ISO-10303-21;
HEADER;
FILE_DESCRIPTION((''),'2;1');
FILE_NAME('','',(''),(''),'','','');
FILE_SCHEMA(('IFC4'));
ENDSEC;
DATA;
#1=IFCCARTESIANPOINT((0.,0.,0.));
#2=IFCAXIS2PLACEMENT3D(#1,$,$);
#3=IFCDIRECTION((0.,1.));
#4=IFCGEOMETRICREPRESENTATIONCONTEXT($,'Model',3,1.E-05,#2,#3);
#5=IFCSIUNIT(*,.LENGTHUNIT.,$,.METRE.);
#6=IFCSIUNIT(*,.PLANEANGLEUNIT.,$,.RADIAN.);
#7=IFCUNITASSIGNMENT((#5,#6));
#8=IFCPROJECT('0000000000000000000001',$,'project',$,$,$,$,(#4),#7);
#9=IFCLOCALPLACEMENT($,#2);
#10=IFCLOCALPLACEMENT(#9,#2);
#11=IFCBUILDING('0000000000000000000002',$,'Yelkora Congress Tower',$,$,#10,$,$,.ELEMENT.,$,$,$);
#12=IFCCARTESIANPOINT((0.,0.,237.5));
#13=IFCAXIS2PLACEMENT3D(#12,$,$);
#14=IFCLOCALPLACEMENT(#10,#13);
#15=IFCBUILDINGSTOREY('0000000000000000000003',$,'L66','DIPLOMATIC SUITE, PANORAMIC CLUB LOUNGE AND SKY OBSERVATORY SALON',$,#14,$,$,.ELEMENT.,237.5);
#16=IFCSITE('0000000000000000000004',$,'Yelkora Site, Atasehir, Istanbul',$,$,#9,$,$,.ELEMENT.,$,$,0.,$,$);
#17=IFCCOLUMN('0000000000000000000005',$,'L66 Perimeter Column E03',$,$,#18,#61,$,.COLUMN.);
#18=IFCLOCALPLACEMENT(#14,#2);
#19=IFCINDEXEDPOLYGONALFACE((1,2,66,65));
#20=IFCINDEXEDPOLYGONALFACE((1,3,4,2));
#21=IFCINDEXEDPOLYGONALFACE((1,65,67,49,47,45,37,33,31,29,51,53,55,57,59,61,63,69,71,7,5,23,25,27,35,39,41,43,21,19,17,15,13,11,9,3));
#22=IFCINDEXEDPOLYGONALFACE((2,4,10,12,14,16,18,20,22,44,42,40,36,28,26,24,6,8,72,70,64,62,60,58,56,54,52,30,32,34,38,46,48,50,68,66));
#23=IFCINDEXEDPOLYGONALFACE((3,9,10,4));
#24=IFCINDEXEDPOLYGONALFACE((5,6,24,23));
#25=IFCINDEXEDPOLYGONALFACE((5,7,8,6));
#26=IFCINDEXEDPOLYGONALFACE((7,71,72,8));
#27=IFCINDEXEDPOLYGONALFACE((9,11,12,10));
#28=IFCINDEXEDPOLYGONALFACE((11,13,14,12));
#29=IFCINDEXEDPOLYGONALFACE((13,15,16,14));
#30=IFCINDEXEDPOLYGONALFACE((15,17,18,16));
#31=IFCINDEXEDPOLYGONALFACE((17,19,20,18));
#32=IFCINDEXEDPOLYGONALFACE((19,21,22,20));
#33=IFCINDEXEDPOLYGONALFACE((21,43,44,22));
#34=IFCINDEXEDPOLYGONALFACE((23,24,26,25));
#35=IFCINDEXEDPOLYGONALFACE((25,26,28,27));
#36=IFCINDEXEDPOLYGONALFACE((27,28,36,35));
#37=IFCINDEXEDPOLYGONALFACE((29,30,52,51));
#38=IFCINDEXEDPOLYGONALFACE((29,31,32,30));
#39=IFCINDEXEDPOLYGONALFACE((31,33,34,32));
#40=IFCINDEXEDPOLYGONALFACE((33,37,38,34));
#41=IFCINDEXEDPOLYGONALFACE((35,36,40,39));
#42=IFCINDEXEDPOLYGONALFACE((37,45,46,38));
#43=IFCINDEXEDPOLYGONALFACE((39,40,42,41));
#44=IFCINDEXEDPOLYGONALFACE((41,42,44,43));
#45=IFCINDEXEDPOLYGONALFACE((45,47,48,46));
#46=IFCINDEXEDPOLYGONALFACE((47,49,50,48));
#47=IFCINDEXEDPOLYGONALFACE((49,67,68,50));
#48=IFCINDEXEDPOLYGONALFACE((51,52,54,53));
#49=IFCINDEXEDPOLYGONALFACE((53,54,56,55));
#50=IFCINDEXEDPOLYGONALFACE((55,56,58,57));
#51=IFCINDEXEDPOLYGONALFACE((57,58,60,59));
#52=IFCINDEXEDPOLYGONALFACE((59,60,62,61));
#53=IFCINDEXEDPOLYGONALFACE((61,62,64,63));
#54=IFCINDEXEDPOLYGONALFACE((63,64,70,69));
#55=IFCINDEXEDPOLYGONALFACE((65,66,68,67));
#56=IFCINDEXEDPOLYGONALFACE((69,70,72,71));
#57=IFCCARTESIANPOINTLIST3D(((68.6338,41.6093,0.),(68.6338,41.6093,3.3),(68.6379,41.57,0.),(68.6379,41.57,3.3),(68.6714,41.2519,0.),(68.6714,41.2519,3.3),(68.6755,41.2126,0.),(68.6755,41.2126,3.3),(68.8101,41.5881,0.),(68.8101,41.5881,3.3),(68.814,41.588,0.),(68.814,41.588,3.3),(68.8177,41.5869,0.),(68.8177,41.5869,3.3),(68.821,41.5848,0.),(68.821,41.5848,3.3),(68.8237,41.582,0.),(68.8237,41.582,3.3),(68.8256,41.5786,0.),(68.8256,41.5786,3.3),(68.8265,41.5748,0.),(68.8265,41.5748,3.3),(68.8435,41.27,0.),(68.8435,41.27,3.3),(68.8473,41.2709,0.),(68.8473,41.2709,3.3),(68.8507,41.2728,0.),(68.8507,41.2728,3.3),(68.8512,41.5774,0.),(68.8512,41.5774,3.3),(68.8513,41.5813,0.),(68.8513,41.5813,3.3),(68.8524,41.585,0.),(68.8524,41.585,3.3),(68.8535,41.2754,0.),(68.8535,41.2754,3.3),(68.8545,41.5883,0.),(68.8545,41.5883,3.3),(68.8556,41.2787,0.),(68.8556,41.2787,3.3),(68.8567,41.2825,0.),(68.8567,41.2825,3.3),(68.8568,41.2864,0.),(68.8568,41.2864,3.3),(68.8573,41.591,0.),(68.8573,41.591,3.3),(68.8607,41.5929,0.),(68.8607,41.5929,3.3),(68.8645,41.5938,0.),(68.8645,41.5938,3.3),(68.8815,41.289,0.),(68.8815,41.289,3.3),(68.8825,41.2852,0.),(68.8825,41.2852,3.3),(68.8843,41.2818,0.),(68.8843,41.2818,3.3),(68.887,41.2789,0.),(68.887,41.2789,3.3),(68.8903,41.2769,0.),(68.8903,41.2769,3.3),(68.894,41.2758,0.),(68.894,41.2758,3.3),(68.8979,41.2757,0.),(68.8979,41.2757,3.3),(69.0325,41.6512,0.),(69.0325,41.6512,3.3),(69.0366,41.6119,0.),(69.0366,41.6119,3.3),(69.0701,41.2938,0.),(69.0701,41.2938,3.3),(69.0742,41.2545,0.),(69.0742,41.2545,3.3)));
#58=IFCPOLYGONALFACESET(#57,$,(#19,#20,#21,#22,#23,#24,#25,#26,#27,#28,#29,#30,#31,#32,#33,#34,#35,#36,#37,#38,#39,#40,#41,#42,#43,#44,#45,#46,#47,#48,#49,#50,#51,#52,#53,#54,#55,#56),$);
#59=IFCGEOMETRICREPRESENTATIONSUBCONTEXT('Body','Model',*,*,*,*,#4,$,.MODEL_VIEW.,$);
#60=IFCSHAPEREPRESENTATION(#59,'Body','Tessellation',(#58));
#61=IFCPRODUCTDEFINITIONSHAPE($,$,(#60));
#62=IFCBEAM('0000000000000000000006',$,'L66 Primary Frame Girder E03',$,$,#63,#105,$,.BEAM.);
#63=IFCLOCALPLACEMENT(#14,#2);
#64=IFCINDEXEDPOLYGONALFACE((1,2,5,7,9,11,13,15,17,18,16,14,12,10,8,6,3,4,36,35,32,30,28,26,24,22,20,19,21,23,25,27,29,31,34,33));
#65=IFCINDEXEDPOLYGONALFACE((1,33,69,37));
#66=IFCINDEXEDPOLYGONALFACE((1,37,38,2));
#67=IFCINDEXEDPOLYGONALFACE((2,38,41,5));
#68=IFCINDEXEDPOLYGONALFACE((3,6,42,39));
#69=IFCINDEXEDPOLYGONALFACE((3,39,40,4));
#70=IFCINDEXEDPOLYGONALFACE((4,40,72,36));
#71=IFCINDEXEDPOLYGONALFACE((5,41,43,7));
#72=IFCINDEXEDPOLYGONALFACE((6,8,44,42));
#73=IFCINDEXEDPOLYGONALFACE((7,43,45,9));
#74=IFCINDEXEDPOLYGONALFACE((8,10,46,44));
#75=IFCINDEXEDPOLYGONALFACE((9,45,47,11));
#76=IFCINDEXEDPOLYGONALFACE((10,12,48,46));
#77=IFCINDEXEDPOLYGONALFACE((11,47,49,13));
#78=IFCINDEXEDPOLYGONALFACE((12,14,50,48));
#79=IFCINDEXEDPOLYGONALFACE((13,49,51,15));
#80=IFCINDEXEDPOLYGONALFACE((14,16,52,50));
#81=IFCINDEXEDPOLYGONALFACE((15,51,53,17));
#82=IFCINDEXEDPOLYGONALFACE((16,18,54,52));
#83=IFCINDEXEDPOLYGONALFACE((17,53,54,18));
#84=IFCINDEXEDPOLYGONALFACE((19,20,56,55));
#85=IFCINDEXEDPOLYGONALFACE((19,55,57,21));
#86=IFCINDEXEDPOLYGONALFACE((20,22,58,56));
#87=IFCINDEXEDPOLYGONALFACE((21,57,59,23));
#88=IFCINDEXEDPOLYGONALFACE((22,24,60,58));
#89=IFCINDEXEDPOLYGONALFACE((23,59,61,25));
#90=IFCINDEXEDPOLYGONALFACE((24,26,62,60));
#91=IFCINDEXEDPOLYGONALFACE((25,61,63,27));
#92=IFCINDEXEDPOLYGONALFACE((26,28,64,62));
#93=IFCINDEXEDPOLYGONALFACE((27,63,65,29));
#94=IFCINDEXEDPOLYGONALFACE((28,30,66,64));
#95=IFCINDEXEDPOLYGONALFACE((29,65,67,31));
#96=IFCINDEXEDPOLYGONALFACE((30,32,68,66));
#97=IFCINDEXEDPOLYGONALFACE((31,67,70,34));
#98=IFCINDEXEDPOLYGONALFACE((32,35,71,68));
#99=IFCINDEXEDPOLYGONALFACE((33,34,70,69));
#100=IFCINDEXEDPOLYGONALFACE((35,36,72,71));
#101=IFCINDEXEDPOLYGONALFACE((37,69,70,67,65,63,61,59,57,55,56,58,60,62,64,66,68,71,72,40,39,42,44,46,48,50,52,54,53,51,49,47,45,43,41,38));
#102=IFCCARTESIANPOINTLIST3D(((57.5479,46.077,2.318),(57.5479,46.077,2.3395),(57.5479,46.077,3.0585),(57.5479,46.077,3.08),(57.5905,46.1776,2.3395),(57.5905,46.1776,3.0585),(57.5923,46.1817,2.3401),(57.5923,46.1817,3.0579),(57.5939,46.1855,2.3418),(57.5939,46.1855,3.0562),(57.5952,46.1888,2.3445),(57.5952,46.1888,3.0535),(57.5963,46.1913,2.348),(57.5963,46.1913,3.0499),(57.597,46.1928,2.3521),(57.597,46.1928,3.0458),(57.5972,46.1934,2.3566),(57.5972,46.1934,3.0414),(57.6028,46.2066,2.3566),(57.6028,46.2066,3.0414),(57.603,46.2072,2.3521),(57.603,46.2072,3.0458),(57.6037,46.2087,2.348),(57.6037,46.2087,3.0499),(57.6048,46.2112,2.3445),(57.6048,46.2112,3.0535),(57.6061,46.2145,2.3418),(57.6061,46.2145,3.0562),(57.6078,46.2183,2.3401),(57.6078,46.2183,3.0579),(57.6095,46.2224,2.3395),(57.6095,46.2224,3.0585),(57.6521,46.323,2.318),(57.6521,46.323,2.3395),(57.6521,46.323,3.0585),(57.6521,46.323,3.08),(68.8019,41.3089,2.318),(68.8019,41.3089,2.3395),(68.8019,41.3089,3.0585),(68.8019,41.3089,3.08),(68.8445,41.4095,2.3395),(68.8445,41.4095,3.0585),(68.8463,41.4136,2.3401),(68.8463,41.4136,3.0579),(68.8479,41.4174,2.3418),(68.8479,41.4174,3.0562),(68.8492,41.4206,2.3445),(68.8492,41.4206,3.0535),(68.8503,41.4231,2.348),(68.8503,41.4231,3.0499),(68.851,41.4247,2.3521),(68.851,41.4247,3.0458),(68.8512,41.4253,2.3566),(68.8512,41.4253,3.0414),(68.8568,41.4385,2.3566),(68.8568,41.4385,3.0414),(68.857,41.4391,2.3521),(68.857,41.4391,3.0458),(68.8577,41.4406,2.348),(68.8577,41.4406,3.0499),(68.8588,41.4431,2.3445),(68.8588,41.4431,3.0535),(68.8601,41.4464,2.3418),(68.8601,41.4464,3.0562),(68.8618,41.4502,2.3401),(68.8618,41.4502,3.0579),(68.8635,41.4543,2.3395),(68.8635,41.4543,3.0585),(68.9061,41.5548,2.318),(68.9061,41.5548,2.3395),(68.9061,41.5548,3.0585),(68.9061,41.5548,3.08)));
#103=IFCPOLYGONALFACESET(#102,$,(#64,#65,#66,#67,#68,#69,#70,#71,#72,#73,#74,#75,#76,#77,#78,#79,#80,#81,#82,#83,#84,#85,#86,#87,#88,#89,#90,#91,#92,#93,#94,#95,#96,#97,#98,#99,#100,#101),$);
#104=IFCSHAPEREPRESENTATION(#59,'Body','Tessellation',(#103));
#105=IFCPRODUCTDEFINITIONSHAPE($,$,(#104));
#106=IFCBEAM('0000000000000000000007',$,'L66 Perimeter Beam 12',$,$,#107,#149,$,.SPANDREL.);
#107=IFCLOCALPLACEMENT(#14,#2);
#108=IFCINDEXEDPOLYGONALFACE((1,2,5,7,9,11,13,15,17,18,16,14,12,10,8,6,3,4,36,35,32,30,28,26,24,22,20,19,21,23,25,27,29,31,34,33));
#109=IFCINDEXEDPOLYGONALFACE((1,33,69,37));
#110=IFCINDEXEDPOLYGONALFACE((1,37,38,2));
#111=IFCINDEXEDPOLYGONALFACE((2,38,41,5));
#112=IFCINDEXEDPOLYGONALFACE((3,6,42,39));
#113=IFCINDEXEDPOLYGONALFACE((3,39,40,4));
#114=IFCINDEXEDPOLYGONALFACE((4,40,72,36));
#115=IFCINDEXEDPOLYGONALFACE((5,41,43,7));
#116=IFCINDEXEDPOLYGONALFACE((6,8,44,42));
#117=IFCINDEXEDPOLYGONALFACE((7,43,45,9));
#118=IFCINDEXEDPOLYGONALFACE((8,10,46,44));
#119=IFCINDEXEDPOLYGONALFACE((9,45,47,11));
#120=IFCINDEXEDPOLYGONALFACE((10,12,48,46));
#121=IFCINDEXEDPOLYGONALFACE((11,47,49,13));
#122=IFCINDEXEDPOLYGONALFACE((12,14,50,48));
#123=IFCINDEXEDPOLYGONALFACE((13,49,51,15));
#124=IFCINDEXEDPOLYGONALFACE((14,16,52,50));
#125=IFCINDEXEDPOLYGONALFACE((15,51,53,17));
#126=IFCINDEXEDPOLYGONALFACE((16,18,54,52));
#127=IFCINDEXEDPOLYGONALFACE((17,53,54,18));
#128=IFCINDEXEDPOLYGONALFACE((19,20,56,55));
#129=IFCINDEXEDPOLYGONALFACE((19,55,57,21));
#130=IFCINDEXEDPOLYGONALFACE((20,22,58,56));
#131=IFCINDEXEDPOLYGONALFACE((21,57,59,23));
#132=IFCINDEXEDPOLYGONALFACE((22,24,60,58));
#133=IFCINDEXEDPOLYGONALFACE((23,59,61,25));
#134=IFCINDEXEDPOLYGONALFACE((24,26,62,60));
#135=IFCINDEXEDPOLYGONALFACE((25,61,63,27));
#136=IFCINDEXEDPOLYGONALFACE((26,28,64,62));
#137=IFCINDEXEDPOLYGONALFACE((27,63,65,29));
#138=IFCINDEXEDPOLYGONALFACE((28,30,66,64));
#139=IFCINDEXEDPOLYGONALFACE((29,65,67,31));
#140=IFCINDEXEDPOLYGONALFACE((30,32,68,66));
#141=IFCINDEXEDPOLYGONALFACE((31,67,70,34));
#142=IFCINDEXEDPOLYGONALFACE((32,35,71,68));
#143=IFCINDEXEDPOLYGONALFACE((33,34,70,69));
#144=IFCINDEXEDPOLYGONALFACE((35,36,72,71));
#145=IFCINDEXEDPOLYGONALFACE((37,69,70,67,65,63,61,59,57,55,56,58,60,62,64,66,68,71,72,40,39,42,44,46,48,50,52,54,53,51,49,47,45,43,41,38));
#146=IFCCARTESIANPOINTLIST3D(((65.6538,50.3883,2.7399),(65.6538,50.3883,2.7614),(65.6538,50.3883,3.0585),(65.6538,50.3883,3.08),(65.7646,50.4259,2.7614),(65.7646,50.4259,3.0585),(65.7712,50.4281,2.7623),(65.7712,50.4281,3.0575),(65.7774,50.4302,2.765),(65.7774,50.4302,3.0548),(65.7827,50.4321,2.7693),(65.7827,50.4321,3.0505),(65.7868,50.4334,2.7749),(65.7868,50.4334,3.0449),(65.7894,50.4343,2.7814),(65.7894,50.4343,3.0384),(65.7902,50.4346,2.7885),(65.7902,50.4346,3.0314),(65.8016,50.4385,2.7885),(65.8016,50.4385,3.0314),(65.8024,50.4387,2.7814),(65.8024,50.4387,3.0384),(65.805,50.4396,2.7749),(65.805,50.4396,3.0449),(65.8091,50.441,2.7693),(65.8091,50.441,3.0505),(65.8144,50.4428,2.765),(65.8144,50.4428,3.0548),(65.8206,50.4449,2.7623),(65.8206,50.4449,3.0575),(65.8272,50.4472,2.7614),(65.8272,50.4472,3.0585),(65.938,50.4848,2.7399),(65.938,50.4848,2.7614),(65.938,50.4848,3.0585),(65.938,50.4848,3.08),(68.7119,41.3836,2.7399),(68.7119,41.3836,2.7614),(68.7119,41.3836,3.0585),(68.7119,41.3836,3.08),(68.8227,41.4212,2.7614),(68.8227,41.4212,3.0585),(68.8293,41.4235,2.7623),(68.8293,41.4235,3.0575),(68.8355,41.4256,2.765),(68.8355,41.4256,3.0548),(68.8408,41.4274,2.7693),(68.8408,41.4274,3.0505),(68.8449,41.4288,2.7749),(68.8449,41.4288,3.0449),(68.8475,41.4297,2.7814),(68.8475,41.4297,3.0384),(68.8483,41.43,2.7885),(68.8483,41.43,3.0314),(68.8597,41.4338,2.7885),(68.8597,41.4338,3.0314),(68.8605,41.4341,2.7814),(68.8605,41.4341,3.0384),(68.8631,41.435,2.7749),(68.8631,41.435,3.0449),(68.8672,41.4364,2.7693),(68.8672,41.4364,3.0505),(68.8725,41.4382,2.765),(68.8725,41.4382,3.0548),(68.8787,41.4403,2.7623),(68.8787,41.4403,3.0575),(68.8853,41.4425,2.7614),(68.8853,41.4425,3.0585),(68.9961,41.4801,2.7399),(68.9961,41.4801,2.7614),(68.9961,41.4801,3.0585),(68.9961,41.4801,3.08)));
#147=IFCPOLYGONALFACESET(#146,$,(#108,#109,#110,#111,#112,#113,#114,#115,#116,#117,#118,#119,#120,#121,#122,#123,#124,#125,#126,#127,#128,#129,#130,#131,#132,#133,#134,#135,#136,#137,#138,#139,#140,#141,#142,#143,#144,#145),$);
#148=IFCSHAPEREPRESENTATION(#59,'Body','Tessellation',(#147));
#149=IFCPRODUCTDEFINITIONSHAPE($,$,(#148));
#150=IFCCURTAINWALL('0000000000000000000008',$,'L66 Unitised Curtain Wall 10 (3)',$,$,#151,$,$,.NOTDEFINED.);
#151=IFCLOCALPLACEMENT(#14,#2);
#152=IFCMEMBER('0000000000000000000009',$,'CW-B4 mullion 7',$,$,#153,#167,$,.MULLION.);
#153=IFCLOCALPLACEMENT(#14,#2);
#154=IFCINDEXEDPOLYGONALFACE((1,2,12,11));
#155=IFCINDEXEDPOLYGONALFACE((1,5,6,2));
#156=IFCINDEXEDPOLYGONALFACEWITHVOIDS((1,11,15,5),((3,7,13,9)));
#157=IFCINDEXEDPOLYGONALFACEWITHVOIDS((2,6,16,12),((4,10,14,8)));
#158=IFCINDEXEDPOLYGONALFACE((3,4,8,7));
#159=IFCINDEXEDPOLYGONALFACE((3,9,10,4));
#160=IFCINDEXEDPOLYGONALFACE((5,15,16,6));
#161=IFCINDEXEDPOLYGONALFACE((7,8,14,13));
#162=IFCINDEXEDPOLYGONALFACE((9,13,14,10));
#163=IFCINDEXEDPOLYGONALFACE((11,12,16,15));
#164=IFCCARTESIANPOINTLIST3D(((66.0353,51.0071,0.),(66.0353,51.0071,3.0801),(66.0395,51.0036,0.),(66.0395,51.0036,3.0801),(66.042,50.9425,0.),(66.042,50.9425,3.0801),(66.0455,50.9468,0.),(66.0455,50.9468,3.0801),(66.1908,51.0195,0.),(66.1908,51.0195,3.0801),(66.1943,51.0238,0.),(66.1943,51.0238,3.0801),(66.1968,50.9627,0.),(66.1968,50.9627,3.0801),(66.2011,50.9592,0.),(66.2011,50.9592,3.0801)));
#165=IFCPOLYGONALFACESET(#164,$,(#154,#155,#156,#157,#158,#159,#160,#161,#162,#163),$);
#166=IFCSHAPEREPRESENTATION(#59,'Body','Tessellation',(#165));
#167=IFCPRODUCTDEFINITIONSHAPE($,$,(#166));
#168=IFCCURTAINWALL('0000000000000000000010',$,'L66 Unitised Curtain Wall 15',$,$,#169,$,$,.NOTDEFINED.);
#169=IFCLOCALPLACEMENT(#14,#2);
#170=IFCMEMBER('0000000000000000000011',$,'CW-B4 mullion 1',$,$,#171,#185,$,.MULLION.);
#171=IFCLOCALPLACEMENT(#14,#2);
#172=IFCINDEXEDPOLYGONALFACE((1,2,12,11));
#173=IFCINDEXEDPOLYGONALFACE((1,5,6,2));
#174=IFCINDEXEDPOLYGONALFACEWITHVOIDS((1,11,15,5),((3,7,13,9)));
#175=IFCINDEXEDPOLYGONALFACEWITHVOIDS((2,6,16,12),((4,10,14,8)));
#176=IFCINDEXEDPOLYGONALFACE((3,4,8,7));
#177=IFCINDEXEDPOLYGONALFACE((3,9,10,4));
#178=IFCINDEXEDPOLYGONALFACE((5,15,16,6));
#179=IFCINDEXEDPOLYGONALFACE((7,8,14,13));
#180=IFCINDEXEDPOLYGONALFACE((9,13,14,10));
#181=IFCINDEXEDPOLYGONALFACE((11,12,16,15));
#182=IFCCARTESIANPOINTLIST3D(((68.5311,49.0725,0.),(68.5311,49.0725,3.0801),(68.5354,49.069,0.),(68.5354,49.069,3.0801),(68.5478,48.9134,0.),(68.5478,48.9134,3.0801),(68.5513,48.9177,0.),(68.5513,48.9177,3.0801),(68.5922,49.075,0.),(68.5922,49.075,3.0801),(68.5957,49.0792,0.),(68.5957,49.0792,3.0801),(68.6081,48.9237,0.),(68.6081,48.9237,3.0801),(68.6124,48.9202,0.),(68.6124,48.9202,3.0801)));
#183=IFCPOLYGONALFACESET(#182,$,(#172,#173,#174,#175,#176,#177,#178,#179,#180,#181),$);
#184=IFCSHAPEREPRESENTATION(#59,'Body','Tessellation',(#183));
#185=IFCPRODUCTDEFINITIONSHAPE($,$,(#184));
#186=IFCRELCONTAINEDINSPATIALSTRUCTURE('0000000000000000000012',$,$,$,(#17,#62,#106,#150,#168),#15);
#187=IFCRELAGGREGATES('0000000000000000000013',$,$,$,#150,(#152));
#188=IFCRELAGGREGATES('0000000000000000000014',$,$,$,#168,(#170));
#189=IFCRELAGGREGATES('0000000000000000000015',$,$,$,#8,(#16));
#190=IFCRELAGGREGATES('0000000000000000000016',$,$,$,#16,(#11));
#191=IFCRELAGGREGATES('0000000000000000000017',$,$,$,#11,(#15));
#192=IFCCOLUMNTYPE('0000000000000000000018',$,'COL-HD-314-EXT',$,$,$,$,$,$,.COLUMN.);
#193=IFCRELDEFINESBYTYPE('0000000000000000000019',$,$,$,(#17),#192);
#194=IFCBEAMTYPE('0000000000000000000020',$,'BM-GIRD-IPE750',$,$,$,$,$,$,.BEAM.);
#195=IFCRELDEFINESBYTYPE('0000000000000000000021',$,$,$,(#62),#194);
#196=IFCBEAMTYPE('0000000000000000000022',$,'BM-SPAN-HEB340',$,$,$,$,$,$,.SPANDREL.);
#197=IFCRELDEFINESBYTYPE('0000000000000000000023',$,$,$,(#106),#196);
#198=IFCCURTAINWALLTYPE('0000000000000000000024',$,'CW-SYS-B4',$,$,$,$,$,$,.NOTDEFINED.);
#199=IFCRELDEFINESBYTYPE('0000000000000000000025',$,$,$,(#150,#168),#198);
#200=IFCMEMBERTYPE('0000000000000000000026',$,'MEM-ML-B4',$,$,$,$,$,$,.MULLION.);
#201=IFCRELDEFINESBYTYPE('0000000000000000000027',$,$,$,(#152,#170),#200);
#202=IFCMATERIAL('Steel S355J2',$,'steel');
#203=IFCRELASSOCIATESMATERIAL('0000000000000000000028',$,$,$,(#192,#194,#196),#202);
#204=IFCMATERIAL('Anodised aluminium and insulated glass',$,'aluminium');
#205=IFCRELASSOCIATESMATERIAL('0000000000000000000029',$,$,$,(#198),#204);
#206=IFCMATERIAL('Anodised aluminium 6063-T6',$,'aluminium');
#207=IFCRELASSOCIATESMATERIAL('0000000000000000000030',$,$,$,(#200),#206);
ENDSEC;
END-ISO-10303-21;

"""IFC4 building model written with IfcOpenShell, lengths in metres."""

from ifc_helpers import new_model, si_unit, direction, frame, origin, origin_2d, place, context, subcontext, project, spatial, hollow_rectangle, i_section, extrude, material, material_profile, profile_set, type_object, element, aggregate, save


model = new_model("IFC4")

# Units and contexts
model_context = context("Model", 3, precision=1e-05, world=origin(), true_north=direction((0.0, 1.0)))
body_context = subcontext(model_context, "Body", "Model", "MODEL_VIEW")
ifc_project = project(units=[si_unit("LENGTHUNIT", "METRE"), si_unit("PLANEANGLEUNIT", "RADIAN")], contexts=[model_context])

# Site, building, storey
site_placement = place(None, origin())
site = spatial("IfcSite", under=ifc_project, at=site_placement, Name="Yelkora Site, Atasehir, Istanbul", CompositionType="ELEMENT", RefElevation=0.0)
building_placement = place(site_placement, origin())
building = spatial("IfcBuilding", under=site, at=building_placement, Name="Yelkora Congress Tower", CompositionType="ELEMENT")
storey_placement = place(building_placement, frame((0.0, 0.0, 237.5)))
storey = spatial("IfcBuildingStorey", under=building, at=storey_placement, Name="L66", Description="DIPLOMATIC SUITE, PANORAMIC CLUB LOUNGE AND SKY OBSERVATORY SALON", CompositionType="ELEMENT", Elevation=237.5)

# Column
ifc_material_1 = material(Name="Steel S355J2", Category="steel")
ifc_material_profile_1 = material_profile(ifc_material_1, i_section(OverallWidth=0.4009, OverallDepth=0.3989, WebThickness=0.0249, FlangeThickness=0.0396, FilletRadius=0.0149, at=origin_2d()), Name="HD 400x314")
ifc_profile_set_1 = profile_set([ifc_material_profile_1], Name="Steel S355J2")
column_type = type_object("IfcColumnType", Name="COL-HD-314-EXT", PredefinedType="COLUMN", material=ifc_profile_set_1)
column_placement = place(storey_placement, frame((68.854, 41.4319, 0.0), z_axis=(0.0, 0.0, 1.0), x_axis=(0.994522, 0.104528, 0.0)))
element("IfcColumn", 1, at=column_placement, inside=storey, type_object=column_type, Name="L66 Perimeter Column E03", PredefinedType="COLUMN", context=body_context, shape_type="SweptSolid", body=[
    extrude(i_section(OverallWidth=0.4009, OverallDepth=0.3989, WebThickness=0.0249, FlangeThickness=0.0396, FilletRadius=0.0149, at=origin_2d()), origin(), (0.0, 0.0, 1.0), 3.3),
])

# Beams
ifc_material_profile_2 = material_profile(ifc_material_1, i_section(OverallWidth=0.2671, OverallDepth=0.762, WebThickness=0.0144, FlangeThickness=0.0215, FilletRadius=0.0171, at=origin_2d()), Name="IPE 750x173")
ifc_profile_set_2 = profile_set([ifc_material_profile_2], Name="Steel S355J2")
beam_type_1 = type_object("IfcBeamType", Name="BM-GIRD-IPE750", PredefinedType="BEAM", material=ifc_profile_set_2)
beam_1_placement = place(storey_placement, frame((68.854, 41.4319, 2.699), z_axis=(-0.920768, 0.390112, 0.0), x_axis=(-0.390112, -0.920768, 0.0)))
element("IfcBeam", 2, at=beam_1_placement, inside=storey, type_object=beam_type_1, Name="L66 Primary Frame Girder E03", PredefinedType="BEAM", context=body_context, shape_type="SweptSolid", body=[
    extrude(i_section(OverallWidth=0.2671, OverallDepth=0.762, WebThickness=0.0144, FlangeThickness=0.0215, FilletRadius=0.0171, at=origin_2d()), origin(), (0.0, 0.0, 1.0), 12.2224),
])
ifc_material_profile_3 = material_profile(ifc_material_1, i_section(OverallWidth=0.3, OverallDepth=0.3401, WebThickness=0.012, FlangeThickness=0.0215, FilletRadius=0.0271, at=origin_2d()), Name="HEB 340")
ifc_profile_set_3 = profile_set([ifc_material_profile_3], Name="Steel S355J2")
beam_type_2 = type_object("IfcBeamType", Name="BM-SPAN-HEB340", PredefinedType="SPANDREL", material=ifc_profile_set_3)
beam_2_placement = place(storey_placement, frame((68.854, 41.4319, 2.9099), z_axis=(-0.321575, 0.946884, 0.0), x_axis=(-0.946884, -0.321575, 0.0)))
element("IfcBeam", 3, at=beam_2_placement, inside=storey, type_object=beam_type_2, Name="L66 Perimeter Beam 12", PredefinedType="SPANDREL", context=body_context, shape_type="SweptSolid", body=[
    extrude(i_section(OverallWidth=0.3, OverallDepth=0.3401, WebThickness=0.012, FlangeThickness=0.0215, FilletRadius=0.0271, at=origin_2d()), origin(), (0.0, 0.0, 1.0), 9.5098),
])

# Curtain wall, member
ifc_material_2 = material(Name="Anodised aluminium and insulated glass", Category="aluminium")
curtain_wall_type = type_object("IfcCurtainWallType", Name="CW-SYS-B4", PredefinedType="NOTDEFINED", material=ifc_material_2)
curtain_wall_1_placement = place(storey_placement, origin())
curtain_wall_1 = element("IfcCurtainWall", 4, at=curtain_wall_1_placement, inside=storey, type_object=curtain_wall_type, Name="L66 Unitised Curtain Wall 10 (3)", PredefinedType="NOTDEFINED")
ifc_material_3 = material(Name="Anodised aluminium 6063-T6", Category="aluminium")
ifc_material_profile_4 = material_profile(ifc_material_3, hollow_rectangle(XDim=0.0649, YDim=0.1599, WallThickness=0.0039, at=origin_2d()), Name="ALU 65x160x4")
ifc_profile_set_4 = profile_set([ifc_material_profile_4], Name="Anodised aluminium 6063-T6")
member_type_1 = type_object("IfcMemberType", Name="MEM-ML-B4", PredefinedType="MULLION", material=ifc_profile_set_4)
member_1_placement = place(storey_placement, frame((66.1182, 50.9832, 0.0), z_axis=(0.0, 0.0, 1.0), x_axis=(-0.104528, 0.994522, 0.0)))
member_1 = element("IfcMember", 5, at=member_1_placement, type_object=member_type_1, Name="CW-B4 mullion 7", PredefinedType="MULLION", context=body_context, shape_type="SweptSolid", body=[
    extrude(hollow_rectangle(XDim=0.0649, YDim=0.1599, WallThickness=0.0039, at=origin_2d()), origin(), (0.0, 0.0, 1.0), 3.0801),
])
aggregate(curtain_wall_1, [member_1])

# Curtain wall, member
curtain_wall_2_placement = place(storey_placement, origin())
curtain_wall_2 = element("IfcCurtainWall", 6, at=curtain_wall_2_placement, inside=storey, type_object=curtain_wall_type, Name="L66 Unitised Curtain Wall 15", PredefinedType="NOTDEFINED")
member_2_placement = place(storey_placement, frame((68.5718, 48.9963, 0.0), z_axis=(0.0, 0.0, 1.0), x_axis=(0.994522, 0.104526, 0.0)))
member_2 = element("IfcMember", 7, at=member_2_placement, type_object=member_type_1, Name="CW-B4 mullion 1", PredefinedType="MULLION", context=body_context, shape_type="SweptSolid", body=[
    extrude(hollow_rectangle(XDim=0.0649, YDim=0.1599, WallThickness=0.0039, at=origin_2d()), origin(), (0.0, 0.0, 1.0), 3.0801),
])
aggregate(curtain_wall_2, [member_2])

save(model, "model.ifc")
